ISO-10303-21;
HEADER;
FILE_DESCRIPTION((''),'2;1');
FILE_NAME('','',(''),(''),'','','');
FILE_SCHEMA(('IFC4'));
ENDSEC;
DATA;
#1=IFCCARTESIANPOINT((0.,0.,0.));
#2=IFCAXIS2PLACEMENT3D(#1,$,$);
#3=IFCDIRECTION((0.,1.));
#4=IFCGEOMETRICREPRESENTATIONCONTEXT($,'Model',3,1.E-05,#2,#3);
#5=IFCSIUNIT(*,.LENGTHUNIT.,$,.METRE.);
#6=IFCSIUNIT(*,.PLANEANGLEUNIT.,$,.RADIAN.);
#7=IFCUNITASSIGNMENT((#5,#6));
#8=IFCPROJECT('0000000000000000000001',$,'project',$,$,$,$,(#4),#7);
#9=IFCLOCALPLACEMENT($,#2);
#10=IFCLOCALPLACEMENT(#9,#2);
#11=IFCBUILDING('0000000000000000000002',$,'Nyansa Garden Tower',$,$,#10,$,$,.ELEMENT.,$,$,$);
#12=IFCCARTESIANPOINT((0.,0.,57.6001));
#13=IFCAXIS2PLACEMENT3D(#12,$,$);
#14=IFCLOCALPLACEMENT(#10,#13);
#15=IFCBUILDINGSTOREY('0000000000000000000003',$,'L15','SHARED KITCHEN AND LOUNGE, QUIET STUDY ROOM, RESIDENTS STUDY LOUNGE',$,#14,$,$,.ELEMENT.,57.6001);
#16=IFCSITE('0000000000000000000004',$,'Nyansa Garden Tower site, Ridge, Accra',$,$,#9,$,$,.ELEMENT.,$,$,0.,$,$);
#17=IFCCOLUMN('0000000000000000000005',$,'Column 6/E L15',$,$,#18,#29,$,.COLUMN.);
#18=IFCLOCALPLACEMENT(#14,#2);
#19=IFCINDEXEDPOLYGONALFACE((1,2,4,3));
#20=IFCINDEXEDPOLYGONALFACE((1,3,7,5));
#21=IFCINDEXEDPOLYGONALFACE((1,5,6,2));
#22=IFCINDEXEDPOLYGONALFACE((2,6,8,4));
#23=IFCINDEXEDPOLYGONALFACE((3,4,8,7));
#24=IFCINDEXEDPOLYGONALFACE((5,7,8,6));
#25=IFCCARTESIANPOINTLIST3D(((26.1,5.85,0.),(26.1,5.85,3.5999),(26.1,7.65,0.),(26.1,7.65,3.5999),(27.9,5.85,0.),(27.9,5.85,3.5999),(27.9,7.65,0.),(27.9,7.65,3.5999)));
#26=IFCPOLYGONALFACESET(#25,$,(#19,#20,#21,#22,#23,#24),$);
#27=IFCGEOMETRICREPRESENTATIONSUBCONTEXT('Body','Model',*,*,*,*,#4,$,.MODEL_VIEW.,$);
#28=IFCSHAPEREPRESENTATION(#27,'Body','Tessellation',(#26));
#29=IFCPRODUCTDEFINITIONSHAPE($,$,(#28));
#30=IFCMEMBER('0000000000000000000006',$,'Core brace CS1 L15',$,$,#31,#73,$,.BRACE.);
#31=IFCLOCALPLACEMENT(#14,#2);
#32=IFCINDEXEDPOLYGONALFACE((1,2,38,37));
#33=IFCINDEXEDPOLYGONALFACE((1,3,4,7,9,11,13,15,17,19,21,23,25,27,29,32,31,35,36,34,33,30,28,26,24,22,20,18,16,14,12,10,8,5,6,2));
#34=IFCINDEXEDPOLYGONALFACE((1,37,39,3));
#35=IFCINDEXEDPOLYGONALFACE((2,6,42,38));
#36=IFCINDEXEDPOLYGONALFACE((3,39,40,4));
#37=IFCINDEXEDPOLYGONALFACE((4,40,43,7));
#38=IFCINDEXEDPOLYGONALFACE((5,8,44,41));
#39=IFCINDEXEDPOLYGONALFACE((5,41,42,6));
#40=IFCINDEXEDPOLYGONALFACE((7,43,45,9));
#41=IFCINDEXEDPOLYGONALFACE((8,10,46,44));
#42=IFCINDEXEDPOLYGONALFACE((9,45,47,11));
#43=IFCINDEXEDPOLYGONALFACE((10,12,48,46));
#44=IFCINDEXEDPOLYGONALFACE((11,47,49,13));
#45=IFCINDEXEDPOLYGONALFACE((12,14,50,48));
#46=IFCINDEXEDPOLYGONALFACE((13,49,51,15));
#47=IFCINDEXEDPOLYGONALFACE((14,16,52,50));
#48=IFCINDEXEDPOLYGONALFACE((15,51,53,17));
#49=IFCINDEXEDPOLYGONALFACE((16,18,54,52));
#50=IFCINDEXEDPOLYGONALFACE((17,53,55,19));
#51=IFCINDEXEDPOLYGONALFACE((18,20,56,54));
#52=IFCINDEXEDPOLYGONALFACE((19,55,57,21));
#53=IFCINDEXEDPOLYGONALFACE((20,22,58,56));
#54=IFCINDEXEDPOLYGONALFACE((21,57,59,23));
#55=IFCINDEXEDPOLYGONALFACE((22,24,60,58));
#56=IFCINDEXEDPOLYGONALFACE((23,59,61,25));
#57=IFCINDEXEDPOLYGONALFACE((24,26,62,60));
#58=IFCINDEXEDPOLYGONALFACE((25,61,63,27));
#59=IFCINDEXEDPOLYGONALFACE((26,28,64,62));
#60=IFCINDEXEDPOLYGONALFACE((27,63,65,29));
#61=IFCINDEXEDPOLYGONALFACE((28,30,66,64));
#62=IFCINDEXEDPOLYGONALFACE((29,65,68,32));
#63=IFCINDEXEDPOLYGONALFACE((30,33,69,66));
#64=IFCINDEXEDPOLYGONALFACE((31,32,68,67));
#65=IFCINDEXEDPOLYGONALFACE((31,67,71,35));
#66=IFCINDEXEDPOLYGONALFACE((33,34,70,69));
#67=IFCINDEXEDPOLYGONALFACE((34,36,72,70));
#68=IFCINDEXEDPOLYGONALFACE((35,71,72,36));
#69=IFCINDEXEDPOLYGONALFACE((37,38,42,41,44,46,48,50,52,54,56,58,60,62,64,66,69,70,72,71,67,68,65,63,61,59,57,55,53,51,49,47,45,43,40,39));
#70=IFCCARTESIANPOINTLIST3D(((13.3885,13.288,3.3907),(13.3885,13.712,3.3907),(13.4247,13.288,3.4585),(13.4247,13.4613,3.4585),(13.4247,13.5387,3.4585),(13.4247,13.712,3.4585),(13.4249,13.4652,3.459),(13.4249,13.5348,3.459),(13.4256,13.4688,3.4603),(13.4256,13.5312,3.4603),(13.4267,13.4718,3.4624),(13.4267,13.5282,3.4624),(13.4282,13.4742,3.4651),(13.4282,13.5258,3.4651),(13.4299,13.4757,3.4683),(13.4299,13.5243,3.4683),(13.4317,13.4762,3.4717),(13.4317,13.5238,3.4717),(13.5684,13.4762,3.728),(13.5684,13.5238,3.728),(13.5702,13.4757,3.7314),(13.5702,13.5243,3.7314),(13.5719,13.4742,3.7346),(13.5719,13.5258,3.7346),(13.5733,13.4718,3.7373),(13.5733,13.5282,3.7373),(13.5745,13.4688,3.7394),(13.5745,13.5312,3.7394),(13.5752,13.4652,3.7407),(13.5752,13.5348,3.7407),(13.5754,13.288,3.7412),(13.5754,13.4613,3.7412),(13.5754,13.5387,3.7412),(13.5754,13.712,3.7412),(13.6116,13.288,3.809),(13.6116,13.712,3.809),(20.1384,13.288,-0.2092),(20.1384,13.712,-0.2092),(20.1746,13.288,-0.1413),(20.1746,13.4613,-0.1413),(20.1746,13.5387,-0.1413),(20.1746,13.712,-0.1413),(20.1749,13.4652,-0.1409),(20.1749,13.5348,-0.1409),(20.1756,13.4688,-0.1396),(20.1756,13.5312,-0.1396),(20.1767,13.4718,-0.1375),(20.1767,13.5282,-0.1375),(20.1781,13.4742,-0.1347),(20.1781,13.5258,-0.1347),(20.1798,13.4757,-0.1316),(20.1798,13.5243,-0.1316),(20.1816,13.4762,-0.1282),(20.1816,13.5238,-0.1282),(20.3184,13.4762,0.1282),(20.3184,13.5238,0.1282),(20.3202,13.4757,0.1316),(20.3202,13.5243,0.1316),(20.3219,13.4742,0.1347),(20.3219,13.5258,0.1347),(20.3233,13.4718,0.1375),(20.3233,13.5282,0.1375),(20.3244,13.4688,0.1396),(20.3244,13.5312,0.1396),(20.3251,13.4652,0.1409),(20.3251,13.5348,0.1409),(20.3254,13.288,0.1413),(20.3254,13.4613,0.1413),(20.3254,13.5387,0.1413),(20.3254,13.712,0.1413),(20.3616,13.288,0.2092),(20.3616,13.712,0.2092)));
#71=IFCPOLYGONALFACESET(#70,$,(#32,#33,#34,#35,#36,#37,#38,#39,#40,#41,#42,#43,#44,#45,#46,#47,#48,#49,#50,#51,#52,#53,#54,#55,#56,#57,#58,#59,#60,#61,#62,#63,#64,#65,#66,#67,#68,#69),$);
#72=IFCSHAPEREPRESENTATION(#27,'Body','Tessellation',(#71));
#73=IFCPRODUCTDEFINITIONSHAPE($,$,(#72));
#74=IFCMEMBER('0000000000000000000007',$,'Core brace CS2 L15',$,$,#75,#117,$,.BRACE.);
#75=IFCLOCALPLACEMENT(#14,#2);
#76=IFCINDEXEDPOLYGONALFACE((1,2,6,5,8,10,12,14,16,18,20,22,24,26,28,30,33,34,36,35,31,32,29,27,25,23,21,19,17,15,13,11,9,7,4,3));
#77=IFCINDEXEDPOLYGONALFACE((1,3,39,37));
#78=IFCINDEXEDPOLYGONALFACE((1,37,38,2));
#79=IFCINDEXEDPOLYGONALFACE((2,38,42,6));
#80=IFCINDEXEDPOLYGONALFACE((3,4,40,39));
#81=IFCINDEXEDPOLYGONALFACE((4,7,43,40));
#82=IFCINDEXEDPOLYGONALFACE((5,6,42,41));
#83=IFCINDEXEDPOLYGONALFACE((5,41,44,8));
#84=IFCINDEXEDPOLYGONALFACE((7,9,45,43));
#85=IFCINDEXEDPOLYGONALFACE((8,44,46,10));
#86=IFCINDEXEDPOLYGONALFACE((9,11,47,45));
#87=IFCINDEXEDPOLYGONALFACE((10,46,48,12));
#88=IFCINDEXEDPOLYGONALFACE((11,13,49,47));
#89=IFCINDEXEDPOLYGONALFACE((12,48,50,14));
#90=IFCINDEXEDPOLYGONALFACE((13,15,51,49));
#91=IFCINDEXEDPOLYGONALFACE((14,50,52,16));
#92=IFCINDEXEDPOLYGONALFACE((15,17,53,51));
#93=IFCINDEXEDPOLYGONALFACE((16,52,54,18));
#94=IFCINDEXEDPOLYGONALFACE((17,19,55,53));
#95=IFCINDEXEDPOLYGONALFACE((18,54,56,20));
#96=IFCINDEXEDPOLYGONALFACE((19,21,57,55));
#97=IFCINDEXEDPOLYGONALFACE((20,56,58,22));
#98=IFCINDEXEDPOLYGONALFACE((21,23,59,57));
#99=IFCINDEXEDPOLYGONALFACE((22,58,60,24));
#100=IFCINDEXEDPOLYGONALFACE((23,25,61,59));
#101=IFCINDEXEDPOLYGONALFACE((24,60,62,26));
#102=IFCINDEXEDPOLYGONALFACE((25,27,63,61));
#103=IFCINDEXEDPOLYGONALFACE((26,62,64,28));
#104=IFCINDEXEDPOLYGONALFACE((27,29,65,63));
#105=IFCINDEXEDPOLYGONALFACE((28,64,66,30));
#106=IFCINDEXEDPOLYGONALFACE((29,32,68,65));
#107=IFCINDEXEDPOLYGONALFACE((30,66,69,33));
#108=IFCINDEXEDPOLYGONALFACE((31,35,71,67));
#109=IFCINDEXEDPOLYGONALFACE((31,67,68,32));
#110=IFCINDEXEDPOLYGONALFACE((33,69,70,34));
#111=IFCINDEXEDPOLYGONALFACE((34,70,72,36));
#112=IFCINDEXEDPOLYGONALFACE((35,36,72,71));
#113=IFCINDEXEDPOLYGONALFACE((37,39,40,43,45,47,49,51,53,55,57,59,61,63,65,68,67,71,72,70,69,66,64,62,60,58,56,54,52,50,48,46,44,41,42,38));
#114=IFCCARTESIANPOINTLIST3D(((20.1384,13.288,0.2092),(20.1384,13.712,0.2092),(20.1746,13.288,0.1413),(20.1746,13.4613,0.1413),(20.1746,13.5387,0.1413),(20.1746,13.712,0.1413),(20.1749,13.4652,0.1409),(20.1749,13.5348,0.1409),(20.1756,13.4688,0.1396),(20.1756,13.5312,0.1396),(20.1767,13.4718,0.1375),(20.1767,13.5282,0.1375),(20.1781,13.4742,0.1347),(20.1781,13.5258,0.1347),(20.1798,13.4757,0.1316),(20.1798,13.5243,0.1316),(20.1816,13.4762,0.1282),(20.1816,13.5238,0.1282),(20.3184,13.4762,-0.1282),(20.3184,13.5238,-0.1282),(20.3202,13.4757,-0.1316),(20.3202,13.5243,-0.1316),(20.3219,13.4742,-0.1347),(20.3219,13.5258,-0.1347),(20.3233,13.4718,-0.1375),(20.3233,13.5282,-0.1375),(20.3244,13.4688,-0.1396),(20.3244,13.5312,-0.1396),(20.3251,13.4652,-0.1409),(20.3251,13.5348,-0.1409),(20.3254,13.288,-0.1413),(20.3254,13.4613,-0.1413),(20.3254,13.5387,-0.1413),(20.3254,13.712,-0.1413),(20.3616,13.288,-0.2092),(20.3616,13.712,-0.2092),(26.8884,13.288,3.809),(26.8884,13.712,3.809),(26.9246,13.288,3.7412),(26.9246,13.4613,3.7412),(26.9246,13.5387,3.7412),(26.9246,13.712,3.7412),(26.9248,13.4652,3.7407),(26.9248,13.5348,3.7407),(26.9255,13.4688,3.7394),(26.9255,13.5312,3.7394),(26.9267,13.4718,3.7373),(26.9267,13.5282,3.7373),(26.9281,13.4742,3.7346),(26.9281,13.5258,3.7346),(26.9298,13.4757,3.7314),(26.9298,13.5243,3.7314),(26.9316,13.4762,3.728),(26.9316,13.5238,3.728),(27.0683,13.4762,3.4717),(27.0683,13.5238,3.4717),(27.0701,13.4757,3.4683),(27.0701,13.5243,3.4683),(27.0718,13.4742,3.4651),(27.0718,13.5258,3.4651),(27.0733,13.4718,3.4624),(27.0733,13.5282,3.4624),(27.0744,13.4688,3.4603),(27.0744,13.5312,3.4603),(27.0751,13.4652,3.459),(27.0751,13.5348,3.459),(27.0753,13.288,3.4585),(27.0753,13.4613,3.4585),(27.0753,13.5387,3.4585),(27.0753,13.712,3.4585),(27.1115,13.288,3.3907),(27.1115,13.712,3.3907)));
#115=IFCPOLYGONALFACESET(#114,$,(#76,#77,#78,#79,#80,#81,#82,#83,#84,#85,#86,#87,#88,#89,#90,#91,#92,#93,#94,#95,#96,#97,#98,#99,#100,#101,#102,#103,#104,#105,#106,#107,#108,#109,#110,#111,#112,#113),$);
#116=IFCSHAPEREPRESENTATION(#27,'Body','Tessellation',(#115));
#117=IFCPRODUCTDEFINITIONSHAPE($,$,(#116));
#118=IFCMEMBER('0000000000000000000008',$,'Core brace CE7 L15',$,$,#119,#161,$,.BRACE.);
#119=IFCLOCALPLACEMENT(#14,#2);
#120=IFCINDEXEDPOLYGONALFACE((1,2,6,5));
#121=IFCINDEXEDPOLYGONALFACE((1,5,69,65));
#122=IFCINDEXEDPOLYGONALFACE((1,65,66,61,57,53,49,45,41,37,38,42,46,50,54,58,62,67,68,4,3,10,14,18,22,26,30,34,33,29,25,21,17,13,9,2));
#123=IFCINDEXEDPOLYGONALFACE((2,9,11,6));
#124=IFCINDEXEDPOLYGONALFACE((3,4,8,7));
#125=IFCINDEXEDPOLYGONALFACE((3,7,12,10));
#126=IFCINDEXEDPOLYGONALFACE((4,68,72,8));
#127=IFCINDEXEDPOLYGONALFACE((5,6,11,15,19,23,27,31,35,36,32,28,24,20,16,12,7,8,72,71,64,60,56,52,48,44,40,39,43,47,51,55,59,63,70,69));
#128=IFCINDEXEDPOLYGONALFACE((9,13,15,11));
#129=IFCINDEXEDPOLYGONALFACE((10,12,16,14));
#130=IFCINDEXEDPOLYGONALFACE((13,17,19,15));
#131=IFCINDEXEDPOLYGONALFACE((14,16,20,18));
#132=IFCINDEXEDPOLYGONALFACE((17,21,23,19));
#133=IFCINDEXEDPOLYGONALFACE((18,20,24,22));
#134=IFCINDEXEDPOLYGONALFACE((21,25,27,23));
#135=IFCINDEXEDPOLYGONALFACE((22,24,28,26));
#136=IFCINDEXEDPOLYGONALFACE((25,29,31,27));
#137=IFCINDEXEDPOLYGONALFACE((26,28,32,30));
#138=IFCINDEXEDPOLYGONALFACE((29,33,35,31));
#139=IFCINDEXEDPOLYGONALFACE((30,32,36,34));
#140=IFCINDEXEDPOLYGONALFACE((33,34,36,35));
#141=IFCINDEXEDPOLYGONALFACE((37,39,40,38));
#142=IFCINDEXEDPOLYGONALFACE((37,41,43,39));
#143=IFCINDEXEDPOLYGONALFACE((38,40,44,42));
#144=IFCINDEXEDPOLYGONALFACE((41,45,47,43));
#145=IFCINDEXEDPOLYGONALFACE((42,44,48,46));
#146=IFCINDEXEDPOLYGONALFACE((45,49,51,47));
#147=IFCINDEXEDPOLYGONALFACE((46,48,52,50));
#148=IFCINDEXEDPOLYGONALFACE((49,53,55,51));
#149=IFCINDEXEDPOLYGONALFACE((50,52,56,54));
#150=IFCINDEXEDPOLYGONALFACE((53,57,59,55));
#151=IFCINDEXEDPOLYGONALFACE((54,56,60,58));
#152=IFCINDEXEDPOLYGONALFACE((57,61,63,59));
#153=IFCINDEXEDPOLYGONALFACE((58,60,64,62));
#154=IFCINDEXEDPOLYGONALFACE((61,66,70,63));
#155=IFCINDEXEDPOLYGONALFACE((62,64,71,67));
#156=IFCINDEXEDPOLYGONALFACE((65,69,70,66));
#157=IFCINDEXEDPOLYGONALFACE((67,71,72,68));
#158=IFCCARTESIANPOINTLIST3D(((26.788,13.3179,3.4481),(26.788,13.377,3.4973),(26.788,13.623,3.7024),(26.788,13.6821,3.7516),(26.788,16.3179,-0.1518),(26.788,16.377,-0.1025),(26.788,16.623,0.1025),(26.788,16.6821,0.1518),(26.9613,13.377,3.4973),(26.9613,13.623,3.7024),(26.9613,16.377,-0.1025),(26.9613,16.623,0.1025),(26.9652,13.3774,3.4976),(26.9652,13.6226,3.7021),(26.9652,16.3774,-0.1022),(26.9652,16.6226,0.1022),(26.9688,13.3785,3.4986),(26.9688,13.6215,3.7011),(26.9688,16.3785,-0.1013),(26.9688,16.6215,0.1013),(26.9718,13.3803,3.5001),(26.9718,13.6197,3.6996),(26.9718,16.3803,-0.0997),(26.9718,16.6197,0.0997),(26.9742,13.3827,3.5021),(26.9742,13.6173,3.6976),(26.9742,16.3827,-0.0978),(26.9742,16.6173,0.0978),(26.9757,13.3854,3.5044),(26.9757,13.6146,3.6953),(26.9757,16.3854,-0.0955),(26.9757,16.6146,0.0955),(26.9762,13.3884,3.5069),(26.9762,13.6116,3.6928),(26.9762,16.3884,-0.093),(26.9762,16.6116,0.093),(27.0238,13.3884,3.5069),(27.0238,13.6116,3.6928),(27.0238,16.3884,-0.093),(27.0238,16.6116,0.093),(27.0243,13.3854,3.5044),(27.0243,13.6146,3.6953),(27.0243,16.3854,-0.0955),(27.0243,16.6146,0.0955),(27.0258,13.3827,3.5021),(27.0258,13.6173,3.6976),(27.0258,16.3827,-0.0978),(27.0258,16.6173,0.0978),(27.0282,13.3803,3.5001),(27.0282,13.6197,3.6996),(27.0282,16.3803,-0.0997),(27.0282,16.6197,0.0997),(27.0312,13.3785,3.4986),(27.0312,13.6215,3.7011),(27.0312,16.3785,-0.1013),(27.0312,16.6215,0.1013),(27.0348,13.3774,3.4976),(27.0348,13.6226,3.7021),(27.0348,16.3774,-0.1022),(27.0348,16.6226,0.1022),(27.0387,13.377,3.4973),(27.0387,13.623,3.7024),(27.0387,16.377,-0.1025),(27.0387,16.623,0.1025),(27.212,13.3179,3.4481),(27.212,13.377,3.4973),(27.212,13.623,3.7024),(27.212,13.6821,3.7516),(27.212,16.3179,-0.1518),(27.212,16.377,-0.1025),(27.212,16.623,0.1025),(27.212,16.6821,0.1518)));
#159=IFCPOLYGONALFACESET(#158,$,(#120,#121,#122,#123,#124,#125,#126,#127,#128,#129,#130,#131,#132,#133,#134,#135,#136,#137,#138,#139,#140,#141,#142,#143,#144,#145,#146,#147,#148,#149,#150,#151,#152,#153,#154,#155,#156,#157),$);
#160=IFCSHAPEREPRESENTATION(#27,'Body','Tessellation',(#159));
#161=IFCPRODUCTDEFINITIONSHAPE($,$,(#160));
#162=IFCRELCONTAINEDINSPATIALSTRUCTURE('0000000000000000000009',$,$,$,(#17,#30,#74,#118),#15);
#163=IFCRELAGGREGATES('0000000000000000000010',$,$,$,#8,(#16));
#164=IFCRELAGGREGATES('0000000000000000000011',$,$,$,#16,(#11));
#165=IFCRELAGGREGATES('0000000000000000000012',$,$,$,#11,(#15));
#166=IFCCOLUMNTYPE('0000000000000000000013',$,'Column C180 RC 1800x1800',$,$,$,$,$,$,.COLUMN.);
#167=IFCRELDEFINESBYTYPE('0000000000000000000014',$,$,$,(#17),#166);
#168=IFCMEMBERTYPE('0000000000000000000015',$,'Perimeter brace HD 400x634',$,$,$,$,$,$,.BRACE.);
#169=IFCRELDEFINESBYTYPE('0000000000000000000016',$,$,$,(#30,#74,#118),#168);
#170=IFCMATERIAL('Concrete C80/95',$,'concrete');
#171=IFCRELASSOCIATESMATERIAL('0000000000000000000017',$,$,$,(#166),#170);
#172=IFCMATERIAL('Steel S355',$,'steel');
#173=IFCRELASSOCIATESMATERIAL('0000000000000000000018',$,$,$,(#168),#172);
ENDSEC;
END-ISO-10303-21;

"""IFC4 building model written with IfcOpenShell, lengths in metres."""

from ifc_helpers import new_model, si_unit, direction, frame, origin, origin_2d, place, context, subcontext, project, spatial, rectangle, i_section, extrude, material, material_profile, profile_set, type_object, element, save


model = new_model("IFC4")

# Units and contexts
model_context = context("Model", 3, precision=1e-05, world=origin(), true_north=direction((0.0, 1.0)))
body_context = subcontext(model_context, "Body", "Model", "MODEL_VIEW")
ifc_project = project(units=[si_unit("LENGTHUNIT", "METRE"), si_unit("PLANEANGLEUNIT", "RADIAN")], contexts=[model_context])

# Site, building, storey
site_placement = place(None, origin())
site = spatial("IfcSite", under=ifc_project, at=site_placement, Name="Nyansa Garden Tower site, Ridge, Accra", CompositionType="ELEMENT", RefElevation=0.0)
building_placement = place(site_placement, origin())
building = spatial("IfcBuilding", under=site, at=building_placement, Name="Nyansa Garden Tower", CompositionType="ELEMENT")
storey_placement = place(building_placement, frame((0.0, 0.0, 57.6001)))
storey = spatial("IfcBuildingStorey", under=building, at=storey_placement, Name="L15", Description="SHARED KITCHEN AND LOUNGE, QUIET STUDY ROOM, RESIDENTS STUDY LOUNGE", CompositionType="ELEMENT", Elevation=57.6001)

# Column
ifc_material_1 = material(Name="Concrete C80/95", Category="concrete")
ifc_material_profile_1 = material_profile(ifc_material_1, rectangle(XDim=1.8, YDim=1.8, at=origin_2d()), Name="RC 1800x1800")
ifc_profile_set_1 = profile_set([ifc_material_profile_1], Name="Concrete C80/95")
column_type = type_object("IfcColumnType", Name="Column C180 RC 1800x1800", PredefinedType="COLUMN", material=ifc_profile_set_1)
column_placement = place(storey_placement, frame((27.0, 6.75, 0.0), z_axis=(0.0, 0.0, 1.0), x_axis=(1.0, 0.0, 0.0)))
element("IfcColumn", 1, at=column_placement, inside=storey, type_object=column_type, Name="Column 6/E L15", PredefinedType="COLUMN", context=body_context, shape_type="SweptSolid", body=[
    extrude(rectangle(XDim=1.8, YDim=1.8, at=origin_2d()), origin(), (0.0, 0.0, 1.0), 3.5999),
])

# Members
ifc_material_2 = material(Name="Steel S355", Category="steel")
ifc_material_profile_2 = material_profile(ifc_material_2, i_section(OverallWidth=0.4241, OverallDepth=0.4741, WebThickness=0.0476, FlangeThickness=0.0769, FilletRadius=0.0149, at=origin_2d()), Name="HD 400x634")
ifc_profile_set_2 = profile_set([ifc_material_profile_2], Name="Steel S355")
member_type = type_object("IfcMemberType", Name="Perimeter brace HD 400x634", PredefinedType="BRACE", material=ifc_profile_set_2)
for number, where, z_axis, x_axis, name in (
    (2, (20.25, 13.5, 0.0), (-0.882361, 0.0, 0.470573), (0.0, -1.0, 0.0), "Core brace CS1 L15"),
    (3, (20.25, 13.5, 0.0), (0.882361, 0.0, 0.470573), (0.0, 1.0, 0.0), "Core brace CS2 L15"),
):
    element("IfcMember", number, at=place(storey_placement, frame(where, z_axis=z_axis, x_axis=x_axis)), inside=storey, type_object=member_type, Name=name, PredefinedType="BRACE", context=body_context, shape_type="SweptSolid", body=[
        extrude(i_section(OverallWidth=0.4241, OverallDepth=0.4741, WebThickness=0.0476, FlangeThickness=0.0769, FilletRadius=0.0149, at=origin_2d()), origin(), (0.0, 0.0, 1.0), 7.6499),
    ])
member_1_placement = place(storey_placement, frame((27.0, 16.5, 0.0), z_axis=(0.0, -0.6402, 0.768208), x_axis=(1.0, 0.0, 0.0)))
element("IfcMember", 4, at=member_1_placement, inside=storey, type_object=member_type, Name="Core brace CE7 L15", PredefinedType="BRACE", context=body_context, shape_type="SweptSolid", body=[
    extrude(i_section(OverallWidth=0.4241, OverallDepth=0.4741, WebThickness=0.0476, FlangeThickness=0.0769, FilletRadius=0.0149, at=origin_2d()), origin(), (0.0, 0.0, 1.0), 4.686),
])

save(model, "model.ifc")
